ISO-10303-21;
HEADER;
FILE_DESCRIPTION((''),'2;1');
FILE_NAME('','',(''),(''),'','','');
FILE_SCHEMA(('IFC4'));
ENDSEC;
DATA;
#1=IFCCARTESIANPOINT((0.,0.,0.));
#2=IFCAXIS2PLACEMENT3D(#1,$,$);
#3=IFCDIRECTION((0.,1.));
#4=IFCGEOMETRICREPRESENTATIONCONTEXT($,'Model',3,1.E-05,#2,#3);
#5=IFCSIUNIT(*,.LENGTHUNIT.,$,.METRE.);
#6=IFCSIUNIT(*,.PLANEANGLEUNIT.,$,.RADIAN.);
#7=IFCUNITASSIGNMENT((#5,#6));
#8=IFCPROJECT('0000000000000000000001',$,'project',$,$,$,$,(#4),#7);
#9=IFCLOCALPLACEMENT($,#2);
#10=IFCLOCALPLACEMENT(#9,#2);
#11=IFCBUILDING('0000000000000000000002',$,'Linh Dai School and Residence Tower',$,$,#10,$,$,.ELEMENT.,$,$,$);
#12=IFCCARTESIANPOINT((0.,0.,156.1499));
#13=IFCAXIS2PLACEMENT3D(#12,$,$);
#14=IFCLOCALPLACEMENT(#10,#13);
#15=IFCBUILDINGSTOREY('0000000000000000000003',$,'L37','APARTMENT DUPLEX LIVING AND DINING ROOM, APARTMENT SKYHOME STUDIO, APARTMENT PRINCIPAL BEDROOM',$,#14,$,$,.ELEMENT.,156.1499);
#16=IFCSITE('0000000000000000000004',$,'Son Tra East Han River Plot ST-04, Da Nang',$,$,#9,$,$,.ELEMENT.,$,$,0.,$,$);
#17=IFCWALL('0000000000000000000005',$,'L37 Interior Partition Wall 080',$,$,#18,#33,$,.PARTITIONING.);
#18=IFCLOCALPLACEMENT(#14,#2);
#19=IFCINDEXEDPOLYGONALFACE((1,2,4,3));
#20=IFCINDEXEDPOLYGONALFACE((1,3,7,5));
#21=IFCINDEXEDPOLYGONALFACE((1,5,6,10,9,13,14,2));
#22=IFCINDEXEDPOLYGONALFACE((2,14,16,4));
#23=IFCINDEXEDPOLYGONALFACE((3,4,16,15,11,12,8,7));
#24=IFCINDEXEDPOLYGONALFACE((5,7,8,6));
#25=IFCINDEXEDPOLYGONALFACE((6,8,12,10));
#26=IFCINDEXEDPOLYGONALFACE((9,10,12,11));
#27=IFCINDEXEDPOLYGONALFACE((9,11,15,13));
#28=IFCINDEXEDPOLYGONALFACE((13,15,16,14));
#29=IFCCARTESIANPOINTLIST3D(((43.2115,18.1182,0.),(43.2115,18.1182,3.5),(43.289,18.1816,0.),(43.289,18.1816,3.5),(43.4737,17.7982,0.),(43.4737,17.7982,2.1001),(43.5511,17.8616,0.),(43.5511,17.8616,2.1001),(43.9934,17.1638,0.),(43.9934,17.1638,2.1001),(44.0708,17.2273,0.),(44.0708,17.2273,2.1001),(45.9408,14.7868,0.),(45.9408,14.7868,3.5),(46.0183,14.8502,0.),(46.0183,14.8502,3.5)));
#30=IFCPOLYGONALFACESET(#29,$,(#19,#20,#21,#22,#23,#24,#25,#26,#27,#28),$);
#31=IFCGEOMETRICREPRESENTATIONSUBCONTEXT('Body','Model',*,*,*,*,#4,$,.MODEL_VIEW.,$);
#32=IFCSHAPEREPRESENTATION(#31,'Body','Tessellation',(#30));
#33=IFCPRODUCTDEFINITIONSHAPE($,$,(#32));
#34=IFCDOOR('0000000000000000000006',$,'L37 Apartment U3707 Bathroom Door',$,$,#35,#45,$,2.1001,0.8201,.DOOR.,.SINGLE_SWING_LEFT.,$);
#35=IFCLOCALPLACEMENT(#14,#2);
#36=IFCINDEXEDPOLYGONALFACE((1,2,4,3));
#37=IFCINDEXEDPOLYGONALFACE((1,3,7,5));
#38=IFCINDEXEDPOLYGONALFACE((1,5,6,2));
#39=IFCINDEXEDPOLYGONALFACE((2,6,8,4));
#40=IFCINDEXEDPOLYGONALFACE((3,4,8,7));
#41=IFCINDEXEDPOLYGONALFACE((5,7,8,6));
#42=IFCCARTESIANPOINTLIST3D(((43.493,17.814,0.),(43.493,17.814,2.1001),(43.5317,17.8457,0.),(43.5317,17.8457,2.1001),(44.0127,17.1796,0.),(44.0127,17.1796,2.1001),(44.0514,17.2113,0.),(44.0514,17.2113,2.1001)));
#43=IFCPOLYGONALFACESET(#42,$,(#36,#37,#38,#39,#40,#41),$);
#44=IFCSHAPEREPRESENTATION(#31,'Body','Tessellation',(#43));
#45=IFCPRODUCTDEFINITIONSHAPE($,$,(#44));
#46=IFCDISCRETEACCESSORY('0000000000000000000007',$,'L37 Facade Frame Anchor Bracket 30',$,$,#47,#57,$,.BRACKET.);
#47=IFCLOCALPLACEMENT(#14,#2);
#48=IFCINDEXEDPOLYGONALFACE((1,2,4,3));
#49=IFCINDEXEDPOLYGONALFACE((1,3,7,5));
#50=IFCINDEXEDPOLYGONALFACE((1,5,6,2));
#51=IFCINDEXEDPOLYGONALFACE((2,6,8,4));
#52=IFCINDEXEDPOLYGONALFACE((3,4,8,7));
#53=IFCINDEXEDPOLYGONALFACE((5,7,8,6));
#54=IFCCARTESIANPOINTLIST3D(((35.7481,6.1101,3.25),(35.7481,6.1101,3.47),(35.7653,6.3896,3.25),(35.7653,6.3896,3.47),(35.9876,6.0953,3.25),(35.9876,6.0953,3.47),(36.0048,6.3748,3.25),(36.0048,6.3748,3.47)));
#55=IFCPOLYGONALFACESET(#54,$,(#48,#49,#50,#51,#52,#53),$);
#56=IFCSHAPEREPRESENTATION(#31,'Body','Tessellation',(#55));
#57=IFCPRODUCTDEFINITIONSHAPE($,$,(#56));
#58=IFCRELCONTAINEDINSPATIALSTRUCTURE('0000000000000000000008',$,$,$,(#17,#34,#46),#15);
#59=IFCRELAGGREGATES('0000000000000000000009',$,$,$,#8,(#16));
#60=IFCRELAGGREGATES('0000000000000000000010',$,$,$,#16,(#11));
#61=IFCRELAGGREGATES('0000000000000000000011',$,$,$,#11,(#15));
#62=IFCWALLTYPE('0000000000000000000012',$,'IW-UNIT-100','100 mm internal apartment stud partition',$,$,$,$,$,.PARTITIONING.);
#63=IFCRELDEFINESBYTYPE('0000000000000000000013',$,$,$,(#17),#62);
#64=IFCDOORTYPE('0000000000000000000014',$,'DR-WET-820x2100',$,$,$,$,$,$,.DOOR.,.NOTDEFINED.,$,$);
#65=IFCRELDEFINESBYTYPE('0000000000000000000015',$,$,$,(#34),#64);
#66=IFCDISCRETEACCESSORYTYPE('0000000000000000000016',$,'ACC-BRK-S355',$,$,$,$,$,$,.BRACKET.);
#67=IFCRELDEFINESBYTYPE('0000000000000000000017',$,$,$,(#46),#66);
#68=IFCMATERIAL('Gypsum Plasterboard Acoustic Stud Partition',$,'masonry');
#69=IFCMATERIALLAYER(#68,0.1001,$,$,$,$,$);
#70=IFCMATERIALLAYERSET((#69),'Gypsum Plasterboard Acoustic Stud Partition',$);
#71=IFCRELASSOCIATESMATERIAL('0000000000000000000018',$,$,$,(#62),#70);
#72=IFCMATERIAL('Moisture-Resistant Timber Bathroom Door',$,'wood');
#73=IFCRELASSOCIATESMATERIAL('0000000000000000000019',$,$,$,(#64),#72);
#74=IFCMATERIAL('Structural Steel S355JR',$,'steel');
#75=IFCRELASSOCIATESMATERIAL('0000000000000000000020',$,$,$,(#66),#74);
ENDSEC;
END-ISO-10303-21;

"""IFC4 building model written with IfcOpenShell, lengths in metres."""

from ifc_helpers import new_model, si_unit, direction, frame, frame_2d, origin, origin_2d, place, context, subcontext, project, spatial, rectangle, extrude, source, transform, mapped, material, layer, layer_set, type_object, element, fill, save


model = new_model("IFC4")

# Units and contexts
model_context = context("Model", 3, precision=1e-05, world=origin(), true_north=direction((0.0, 1.0)))
body_context = subcontext(model_context, "Body", "Model", "MODEL_VIEW")
ifc_project = project(units=[si_unit("LENGTHUNIT", "METRE"), si_unit("PLANEANGLEUNIT", "RADIAN")], contexts=[model_context])

# Site, building, storey
site_placement = place(None, origin())
site = spatial("IfcSite", under=ifc_project, at=site_placement, Name="Son Tra East Han River Plot ST-04, Da Nang", CompositionType="ELEMENT", RefElevation=0.0)
building_placement = place(site_placement, origin())
building = spatial("IfcBuilding", under=site, at=building_placement, Name="Linh Dai School and Residence Tower", CompositionType="ELEMENT")
storey_placement = place(building_placement, frame((0.0, 0.0, 156.1499)))
storey = spatial("IfcBuildingStorey", under=building, at=storey_placement, Name="L37", Description="APARTMENT DUPLEX LIVING AND DINING ROOM, APARTMENT SKYHOME STUDIO, APARTMENT PRINCIPAL BEDROOM", CompositionType="ELEMENT", Elevation=156.1499)

# Shared definitions
ifc_material_1 = material(Name="Structural Steel S355JR", Category="steel")

# Shared definitions
ifc_material_2 = material(Name="Gypsum Plasterboard Acoustic Stud Partition", Category="masonry")
ifc_layer_1 = layer(ifc_material_2, 0.1001)
ifc_layer_set_1 = layer_set([ifc_layer_1], Name="Gypsum Plasterboard Acoustic Stud Partition")
wall_type_1 = type_object("IfcWallType", Name="IW-UNIT-100", Description="100 mm internal apartment stud partition", PredefinedType="PARTITIONING", material=ifc_layer_set_1)

# Wall, opening, door
wall_1_placement = place(storey_placement, frame((43.2502, 18.1499, 0.0), z_axis=(0.0, 0.0, 1.0), x_axis=(0.633744, -0.773543, 0.0)))
wall_1 = element("IfcWall", 1, at=wall_1_placement, inside=storey, type_object=wall_type_1, Name="L37 Interior Partition Wall 080", PredefinedType="PARTITIONING", context=body_context, shape_type="SweptSolid", body=[
    extrude(rectangle(XDim=4.3066, YDim=0.1001, at=frame_2d((2.1533, 0.0))), origin(), (0.0, 0.0, 1.0), 3.5),
])
opening_1_placement = place(wall_1_placement, frame((0.4136, 0.0, 0.0)))
opening_1 = element("IfcOpeningElement", 2, at=opening_1_placement, cuts=wall_1, PredefinedType="OPENING", context=body_context, shape_type="SweptSolid", body=[
    extrude(rectangle(XDim=0.8201, YDim=2.1001, at=origin_2d()), frame((0.4102, 0.0601, 1.05), z_axis=(0.0, -1.0, 0.0), x_axis=(1.0, 0.0, 0.0)), (0.0, 0.0, 1.0), 0.1201),
])
ifc_material_3 = material(Name="Moisture-Resistant Timber Bathroom Door", Category="wood")
door_type_1 = type_object("IfcDoorType", Name="DR-WET-820x2100", OperationType="NOTDEFINED", PredefinedType="DOOR", material=ifc_material_3)
shared_shape_1 = source(origin(), body_context, "Body", "SweptSolid", [
    extrude(rectangle(XDim=0.8201, YDim=2.1001, at=origin_2d()), frame((0.4102, 0.0249, 1.05), z_axis=(0.0, -1.0, 0.0), x_axis=(1.0, 0.0, 0.0)), (0.0, 0.0, 1.0), 0.05),
])
door_1_placement = place(opening_1_placement, origin())
door_1 = element("IfcDoor", 3, at=door_1_placement, inside=storey, type_object=door_type_1, Name="L37 Apartment U3707 Bathroom Door", OperationType="SINGLE_SWING_LEFT", OverallHeight=2.1001, OverallWidth=0.8201, PredefinedType="DOOR", context=body_context, shape_type="MappedRepresentation", body=[
    mapped(shared_shape_1, transform((0.0, 0.0, 0.0), x_axis=(1.0, 0.0, 0.0), y_axis=(0.0, 1.0, 0.0), z_axis=(0.0, 0.0, 1.0), scale=1.0)),
])
fill(opening_1, door_1)

# Discrete accessory
discrete_accessory_type = type_object("IfcDiscreteAccessoryType", Name="ACC-BRK-S355", PredefinedType="BRACKET", material=ifc_material_1)
shared_shape_2 = source(origin(), body_context, "Body", "SweptSolid", [
    extrude(rectangle(XDim=0.28, YDim=0.24, at=origin_2d()), origin(), (0.0, 0.0, 1.0), 0.22),
])
discrete_accessory_placement = place(storey_placement, frame((35.8765, 6.2424, 3.25), z_axis=(0.0, 0.0, 1.0), x_axis=(-0.061512, -0.998106, 0.0)))
element("IfcDiscreteAccessory", 4, at=discrete_accessory_placement, inside=storey, type_object=discrete_accessory_type, Name="L37 Facade Frame Anchor Bracket 30", PredefinedType="BRACKET", context=body_context, shape_type="MappedRepresentation", body=[
    mapped(shared_shape_2, transform((0.0, 0.0, 0.0), x_axis=(1.0, 0.0, 0.0), y_axis=(0.0, 1.0, 0.0), z_axis=(0.0, 0.0, 1.0), scale=1.0)),
])

save(model, "model.ifc")
